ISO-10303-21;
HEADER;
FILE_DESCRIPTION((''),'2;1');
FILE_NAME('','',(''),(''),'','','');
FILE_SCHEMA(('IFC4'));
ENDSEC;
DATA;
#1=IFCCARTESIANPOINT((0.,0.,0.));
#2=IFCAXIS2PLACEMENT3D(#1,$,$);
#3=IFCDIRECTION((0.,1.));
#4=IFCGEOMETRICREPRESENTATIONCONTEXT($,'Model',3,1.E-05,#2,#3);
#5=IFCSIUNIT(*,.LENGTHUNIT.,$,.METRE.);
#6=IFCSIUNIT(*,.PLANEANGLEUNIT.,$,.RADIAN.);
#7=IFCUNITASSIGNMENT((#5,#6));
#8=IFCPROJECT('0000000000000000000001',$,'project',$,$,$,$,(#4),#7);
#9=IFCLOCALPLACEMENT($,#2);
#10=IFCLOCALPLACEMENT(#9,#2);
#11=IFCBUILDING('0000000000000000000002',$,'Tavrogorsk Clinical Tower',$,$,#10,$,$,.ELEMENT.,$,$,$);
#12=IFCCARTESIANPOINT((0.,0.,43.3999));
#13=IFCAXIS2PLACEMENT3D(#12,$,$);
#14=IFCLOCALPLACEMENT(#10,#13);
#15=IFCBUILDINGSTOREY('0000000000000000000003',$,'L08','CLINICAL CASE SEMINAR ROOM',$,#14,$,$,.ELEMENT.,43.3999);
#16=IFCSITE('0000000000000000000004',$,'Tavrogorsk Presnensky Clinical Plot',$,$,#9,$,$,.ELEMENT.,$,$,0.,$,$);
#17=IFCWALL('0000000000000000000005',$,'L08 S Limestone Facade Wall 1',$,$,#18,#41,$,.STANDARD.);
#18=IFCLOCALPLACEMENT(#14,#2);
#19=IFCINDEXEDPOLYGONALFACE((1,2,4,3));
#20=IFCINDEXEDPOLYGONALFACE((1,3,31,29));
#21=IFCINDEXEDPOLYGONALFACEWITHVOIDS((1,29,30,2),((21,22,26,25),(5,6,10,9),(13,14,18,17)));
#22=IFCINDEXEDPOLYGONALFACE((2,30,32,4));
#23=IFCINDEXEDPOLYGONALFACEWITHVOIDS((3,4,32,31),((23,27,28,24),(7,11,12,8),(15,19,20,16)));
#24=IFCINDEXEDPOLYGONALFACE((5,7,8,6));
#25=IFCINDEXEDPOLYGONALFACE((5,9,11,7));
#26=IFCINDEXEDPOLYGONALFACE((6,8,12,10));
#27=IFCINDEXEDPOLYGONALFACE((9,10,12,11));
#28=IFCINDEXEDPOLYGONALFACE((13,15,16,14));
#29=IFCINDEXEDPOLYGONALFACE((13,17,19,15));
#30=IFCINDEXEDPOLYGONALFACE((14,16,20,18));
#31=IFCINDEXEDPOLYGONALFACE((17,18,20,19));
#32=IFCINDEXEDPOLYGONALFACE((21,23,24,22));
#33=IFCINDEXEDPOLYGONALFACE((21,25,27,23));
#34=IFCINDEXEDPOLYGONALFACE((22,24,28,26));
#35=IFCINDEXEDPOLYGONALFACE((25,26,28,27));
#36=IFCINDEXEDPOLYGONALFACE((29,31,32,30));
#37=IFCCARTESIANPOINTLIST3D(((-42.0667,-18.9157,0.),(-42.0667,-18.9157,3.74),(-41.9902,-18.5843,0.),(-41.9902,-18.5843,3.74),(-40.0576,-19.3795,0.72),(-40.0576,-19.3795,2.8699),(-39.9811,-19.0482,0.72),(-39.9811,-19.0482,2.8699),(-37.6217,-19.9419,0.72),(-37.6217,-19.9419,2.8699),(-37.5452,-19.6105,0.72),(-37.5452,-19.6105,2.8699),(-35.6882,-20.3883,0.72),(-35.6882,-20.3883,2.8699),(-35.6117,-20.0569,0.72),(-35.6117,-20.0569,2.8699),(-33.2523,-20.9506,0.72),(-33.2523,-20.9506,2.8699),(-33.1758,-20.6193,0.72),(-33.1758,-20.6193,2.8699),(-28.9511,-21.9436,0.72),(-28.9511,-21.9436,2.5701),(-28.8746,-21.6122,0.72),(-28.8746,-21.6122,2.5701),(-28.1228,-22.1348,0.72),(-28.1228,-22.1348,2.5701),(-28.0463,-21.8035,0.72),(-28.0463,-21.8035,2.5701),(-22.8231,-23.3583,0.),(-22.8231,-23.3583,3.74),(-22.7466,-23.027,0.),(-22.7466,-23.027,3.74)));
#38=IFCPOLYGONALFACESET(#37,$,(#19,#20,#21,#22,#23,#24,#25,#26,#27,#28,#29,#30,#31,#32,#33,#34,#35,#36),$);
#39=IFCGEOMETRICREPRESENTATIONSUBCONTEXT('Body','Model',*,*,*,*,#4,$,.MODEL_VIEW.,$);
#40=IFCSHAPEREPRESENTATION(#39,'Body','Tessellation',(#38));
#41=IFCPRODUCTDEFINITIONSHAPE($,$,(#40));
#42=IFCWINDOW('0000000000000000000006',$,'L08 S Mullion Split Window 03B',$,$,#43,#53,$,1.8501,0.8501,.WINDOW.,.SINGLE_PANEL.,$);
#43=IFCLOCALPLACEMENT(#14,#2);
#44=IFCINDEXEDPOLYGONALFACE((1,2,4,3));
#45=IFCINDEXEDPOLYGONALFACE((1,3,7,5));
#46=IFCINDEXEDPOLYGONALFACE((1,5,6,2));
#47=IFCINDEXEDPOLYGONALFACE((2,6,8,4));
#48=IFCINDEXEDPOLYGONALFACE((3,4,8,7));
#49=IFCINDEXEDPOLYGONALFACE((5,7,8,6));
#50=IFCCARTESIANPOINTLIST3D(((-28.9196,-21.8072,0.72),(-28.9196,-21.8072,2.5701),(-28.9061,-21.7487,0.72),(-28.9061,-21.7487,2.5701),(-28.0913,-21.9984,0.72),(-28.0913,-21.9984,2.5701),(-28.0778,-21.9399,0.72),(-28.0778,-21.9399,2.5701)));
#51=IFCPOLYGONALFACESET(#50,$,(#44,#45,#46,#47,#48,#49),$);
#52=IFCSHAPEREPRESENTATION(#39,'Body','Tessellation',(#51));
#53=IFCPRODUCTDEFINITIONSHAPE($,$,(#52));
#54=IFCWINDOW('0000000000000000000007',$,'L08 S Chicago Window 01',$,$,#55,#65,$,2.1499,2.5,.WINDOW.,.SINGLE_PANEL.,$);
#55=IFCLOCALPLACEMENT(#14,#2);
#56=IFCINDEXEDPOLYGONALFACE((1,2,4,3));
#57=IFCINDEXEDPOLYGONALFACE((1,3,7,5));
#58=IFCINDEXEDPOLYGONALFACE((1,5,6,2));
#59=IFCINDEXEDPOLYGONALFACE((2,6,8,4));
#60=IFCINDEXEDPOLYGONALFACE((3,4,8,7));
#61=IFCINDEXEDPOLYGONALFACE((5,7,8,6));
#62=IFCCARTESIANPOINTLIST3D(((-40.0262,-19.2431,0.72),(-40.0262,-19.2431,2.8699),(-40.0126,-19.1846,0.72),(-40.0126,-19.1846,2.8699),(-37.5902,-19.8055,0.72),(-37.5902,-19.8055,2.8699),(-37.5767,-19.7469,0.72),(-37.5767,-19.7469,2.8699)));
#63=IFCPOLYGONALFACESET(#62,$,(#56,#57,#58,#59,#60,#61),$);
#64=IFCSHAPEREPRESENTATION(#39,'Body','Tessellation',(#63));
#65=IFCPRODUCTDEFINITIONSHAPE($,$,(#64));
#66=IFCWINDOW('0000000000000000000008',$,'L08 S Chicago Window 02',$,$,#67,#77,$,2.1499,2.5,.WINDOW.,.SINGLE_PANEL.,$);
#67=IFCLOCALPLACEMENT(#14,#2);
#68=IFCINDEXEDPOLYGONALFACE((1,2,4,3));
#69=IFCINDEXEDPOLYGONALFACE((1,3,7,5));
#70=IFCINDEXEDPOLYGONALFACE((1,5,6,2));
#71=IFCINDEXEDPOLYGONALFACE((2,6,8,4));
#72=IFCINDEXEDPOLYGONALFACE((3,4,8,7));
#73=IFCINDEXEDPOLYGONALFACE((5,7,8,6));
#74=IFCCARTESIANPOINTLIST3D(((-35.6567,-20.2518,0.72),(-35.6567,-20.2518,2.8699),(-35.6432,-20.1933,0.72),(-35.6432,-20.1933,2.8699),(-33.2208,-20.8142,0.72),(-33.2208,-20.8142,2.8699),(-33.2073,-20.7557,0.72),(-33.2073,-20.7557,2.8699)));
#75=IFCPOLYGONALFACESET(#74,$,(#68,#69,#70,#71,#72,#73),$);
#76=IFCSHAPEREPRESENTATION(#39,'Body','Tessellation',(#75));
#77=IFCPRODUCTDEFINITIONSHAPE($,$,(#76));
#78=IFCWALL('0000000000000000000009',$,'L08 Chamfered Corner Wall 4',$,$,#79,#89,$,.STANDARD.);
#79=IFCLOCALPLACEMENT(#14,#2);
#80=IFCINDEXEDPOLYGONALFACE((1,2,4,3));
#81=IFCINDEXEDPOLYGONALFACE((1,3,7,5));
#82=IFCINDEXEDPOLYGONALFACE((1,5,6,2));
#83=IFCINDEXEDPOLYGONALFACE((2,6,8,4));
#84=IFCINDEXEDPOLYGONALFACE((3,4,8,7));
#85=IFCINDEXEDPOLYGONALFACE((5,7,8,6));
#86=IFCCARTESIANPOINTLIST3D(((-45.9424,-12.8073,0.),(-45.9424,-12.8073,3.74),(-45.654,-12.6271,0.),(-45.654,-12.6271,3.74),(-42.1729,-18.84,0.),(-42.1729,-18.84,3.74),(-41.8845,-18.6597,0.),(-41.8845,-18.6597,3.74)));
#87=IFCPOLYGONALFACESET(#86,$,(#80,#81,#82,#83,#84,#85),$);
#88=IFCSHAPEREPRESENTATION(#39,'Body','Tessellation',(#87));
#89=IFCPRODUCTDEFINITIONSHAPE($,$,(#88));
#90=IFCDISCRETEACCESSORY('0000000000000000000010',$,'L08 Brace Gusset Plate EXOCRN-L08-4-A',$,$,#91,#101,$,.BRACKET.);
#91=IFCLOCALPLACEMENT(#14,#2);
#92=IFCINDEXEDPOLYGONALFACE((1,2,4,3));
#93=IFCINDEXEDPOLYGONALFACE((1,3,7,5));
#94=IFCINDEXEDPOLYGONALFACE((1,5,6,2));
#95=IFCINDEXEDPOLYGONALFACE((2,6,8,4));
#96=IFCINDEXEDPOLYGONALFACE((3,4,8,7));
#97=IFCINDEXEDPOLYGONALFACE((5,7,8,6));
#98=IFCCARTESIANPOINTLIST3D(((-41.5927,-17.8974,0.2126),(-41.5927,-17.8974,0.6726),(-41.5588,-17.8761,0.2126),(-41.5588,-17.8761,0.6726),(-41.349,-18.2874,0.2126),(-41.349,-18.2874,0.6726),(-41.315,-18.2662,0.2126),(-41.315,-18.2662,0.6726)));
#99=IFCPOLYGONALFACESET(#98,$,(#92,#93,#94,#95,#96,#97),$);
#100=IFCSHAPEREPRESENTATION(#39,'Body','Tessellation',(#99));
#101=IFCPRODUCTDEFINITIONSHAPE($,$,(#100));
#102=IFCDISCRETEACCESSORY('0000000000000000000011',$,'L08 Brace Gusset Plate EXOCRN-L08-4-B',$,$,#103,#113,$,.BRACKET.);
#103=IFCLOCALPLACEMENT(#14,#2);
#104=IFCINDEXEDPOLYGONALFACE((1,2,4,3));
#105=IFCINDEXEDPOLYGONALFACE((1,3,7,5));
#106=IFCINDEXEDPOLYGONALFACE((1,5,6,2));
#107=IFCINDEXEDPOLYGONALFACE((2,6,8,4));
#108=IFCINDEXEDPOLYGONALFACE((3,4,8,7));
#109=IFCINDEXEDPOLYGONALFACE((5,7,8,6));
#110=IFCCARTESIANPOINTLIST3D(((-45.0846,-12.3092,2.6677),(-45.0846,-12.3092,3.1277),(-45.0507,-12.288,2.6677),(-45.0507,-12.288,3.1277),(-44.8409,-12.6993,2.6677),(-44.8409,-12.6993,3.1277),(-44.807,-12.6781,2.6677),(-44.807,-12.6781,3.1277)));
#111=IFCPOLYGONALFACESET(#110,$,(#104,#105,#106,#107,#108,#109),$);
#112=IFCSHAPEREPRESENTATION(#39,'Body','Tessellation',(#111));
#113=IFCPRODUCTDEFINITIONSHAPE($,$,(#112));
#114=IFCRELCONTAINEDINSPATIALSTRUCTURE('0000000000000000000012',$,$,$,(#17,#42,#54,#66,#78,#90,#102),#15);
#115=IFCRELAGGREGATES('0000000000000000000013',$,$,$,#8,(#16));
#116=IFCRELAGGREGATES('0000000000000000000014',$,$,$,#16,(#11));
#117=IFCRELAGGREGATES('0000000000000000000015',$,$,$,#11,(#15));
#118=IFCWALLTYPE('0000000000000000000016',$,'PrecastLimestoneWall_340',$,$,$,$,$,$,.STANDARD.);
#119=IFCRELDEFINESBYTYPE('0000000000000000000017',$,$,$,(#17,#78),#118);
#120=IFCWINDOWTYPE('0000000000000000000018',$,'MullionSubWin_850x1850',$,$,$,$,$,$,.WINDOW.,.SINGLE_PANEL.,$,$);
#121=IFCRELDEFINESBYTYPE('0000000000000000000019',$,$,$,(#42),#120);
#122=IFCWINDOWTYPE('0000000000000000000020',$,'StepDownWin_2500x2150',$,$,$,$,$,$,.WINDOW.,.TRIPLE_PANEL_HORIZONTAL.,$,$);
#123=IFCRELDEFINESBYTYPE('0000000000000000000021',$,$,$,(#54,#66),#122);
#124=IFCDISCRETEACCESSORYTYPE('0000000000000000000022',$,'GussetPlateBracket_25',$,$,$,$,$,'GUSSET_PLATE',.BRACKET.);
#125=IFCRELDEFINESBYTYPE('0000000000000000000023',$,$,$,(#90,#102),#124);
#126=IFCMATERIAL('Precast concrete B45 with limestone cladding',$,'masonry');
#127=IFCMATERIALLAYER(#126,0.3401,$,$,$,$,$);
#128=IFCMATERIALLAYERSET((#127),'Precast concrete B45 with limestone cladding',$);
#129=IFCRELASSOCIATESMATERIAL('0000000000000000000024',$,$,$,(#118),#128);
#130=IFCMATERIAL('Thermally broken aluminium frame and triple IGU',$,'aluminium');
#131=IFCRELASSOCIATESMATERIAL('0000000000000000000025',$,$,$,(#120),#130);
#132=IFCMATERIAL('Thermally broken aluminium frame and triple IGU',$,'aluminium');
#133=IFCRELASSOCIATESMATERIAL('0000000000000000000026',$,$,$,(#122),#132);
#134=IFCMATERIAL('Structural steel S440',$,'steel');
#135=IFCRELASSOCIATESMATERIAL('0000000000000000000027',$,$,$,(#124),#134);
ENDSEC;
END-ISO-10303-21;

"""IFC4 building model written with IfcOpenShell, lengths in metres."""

from ifc_helpers import new_model, si_unit, direction, frame, frame_2d, origin, origin_2d, place, context, subcontext, project, spatial, rectangle, extrude, material, layer, layer_set, type_object, element, fill, save


model = new_model("IFC4")

# Units and contexts
model_context = context("Model", 3, precision=1e-05, world=origin(), true_north=direction((0.0, 1.0)))
body_context = subcontext(model_context, "Body", "Model", "MODEL_VIEW")
ifc_project = project(units=[si_unit("LENGTHUNIT", "METRE"), si_unit("PLANEANGLEUNIT", "RADIAN")], contexts=[model_context])

# Site, building, storey
site_placement = place(None, origin())
site = spatial("IfcSite", under=ifc_project, at=site_placement, Name="Tavrogorsk Presnensky Clinical Plot", CompositionType="ELEMENT", RefElevation=0.0)
building_placement = place(site_placement, origin())
building = spatial("IfcBuilding", under=site, at=building_placement, Name="Tavrogorsk Clinical Tower", CompositionType="ELEMENT")
storey_placement = place(building_placement, frame((0.0, 0.0, 43.3999)))
storey = spatial("IfcBuildingStorey", under=building, at=storey_placement, Name="L08", Description="CLINICAL CASE SEMINAR ROOM", CompositionType="ELEMENT", Elevation=43.3999)

# Wall, openings, windows
ifc_material_1 = material(Name="Precast concrete B45 with limestone cladding", Category="masonry")
ifc_layer_1 = layer(ifc_material_1, 0.3401)
ifc_layer_set_1 = layer_set([ifc_layer_1], Name="Precast concrete B45 with limestone cladding")
wall_type_1 = type_object("IfcWallType", Name="PrecastLimestoneWall_340", PredefinedType="STANDARD", material=ifc_layer_set_1)
wall_1_placement = place(storey_placement, frame((-42.0286, -18.75, 0.0), z_axis=(0.0, 0.0, 1.0), x_axis=(0.974371, -0.224945, 0.0)))
wall_1 = element("IfcWall", 1, at=wall_1_placement, inside=storey, type_object=wall_type_1, Name="L08 S Limestone Facade Wall 1", PredefinedType="STANDARD", context=body_context, shape_type="SweptSolid", body=[
    extrude(rectangle(XDim=19.7498, YDim=0.3401, at=frame_2d((9.875, 0.0))), origin(), (0.0, 0.0, 1.0), 3.74),
])
opening_1_placement = place(wall_1_placement, frame((2.062, 0.0, 0.72)))
opening_1 = element("IfcOpeningElement", 2, at=opening_1_placement, cuts=wall_1, PredefinedType="OPENING", context=body_context, shape_type="SweptSolid", body=[
    extrude(rectangle(XDim=2.5, YDim=2.1499, at=frame_2d((1.25, 1.075))), frame((0.0, 0.1799, 0.0), z_axis=(0.0, -1.0, 0.0), x_axis=(1.0, 0.0, 0.0)), (0.0, 0.0, 1.0), 0.3601),
])
opening_2_placement = place(wall_1_placement, frame((6.5464, 0.0, 0.72)))
opening_2 = element("IfcOpeningElement", 3, at=opening_2_placement, cuts=wall_1, PredefinedType="OPENING", context=body_context, shape_type="SweptSolid", body=[
    extrude(rectangle(XDim=2.5, YDim=2.1499, at=frame_2d((1.25, 1.075))), frame((0.0, 0.1799, 0.0), z_axis=(0.0, -1.0, 0.0), x_axis=(1.0, 0.0, 0.0)), (0.0, 0.0, 1.0), 0.3601),
])
opening_3_placement = place(wall_1_placement, frame((13.4607, 0.0, 0.72)))
opening_3 = element("IfcOpeningElement", 4, at=opening_3_placement, cuts=wall_1, PredefinedType="OPENING", context=body_context, shape_type="SweptSolid", body=[
    extrude(rectangle(XDim=0.8501, YDim=1.8501, at=frame_2d((0.425, 0.925))), frame((0.0, 0.1799, 0.0), z_axis=(0.0, -1.0, 0.0), x_axis=(1.0, 0.0, 0.0)), (0.0, 0.0, 1.0), 0.3601),
])
ifc_material_2 = material(Name="Thermally broken aluminium frame and triple IGU", Category="aluminium")
window_type_1 = type_object("IfcWindowType", Name="MullionSubWin_850x1850", PartitioningType="SINGLE_PANEL", PredefinedType="WINDOW", material=ifc_material_2)
window_1_placement = place(opening_3_placement, origin())
window_1 = element("IfcWindow", 5, at=window_1_placement, inside=storey, type_object=window_type_1, Name="L08 S Mullion Split Window 03B", OverallHeight=1.8501, OverallWidth=0.8501, PartitioningType="SINGLE_PANEL", PredefinedType="WINDOW", context=body_context, shape_type="SweptSolid", body=[
    extrude(rectangle(XDim=0.8501, YDim=1.8501, at=frame_2d((0.425, 0.925))), frame((0.0, 0.03, 0.0), z_axis=(0.0, -1.0, 0.0), x_axis=(1.0, 0.0, 0.0)), (0.0, 0.0, 1.0), 0.0601),
])
fill(opening_3, window_1)
ifc_material_3 = material(Name="Thermally broken aluminium frame and triple IGU", Category="aluminium")
window_type_2 = type_object("IfcWindowType", Name="StepDownWin_2500x2150", PartitioningType="TRIPLE_PANEL_HORIZONTAL", PredefinedType="WINDOW", material=ifc_material_3)
window_2_placement = place(opening_1_placement, origin())
window_2 = element("IfcWindow", 6, at=window_2_placement, inside=storey, type_object=window_type_2, Name="L08 S Chicago Window 01", OverallHeight=2.1499, OverallWidth=2.5, PartitioningType="SINGLE_PANEL", PredefinedType="WINDOW", context=body_context, shape_type="SweptSolid", body=[
    extrude(rectangle(XDim=2.5, YDim=2.1499, at=frame_2d((1.25, 1.075))), frame((0.0, 0.03, 0.0), z_axis=(0.0, -1.0, 0.0), x_axis=(1.0, 0.0, 0.0)), (0.0, 0.0, 1.0), 0.0601),
])
fill(opening_1, window_2)
window_3_placement = place(opening_2_placement, origin())
window_3 = element("IfcWindow", 7, at=window_3_placement, inside=storey, type_object=window_type_2, Name="L08 S Chicago Window 02", OverallHeight=2.1499, OverallWidth=2.5, PartitioningType="SINGLE_PANEL", PredefinedType="WINDOW", context=body_context, shape_type="SweptSolid", body=[
    extrude(rectangle(XDim=2.5, YDim=2.1499, at=frame_2d((1.25, 1.075))), frame((0.0, 0.03, 0.0), z_axis=(0.0, -1.0, 0.0), x_axis=(1.0, 0.0, 0.0)), (0.0, 0.0, 1.0), 0.0601),
])
fill(opening_2, window_3)

# Wall
wall_2_placement = place(storey_placement, frame((-45.7981, -12.7173, 0.0), z_axis=(0.0, 0.0, 1.0), x_axis=(0.529906, -0.848056, 0.0)))
element("IfcWall", 8, at=wall_2_placement, inside=storey, type_object=wall_type_1, Name="L08 Chamfered Corner Wall 4", PredefinedType="STANDARD", context=body_context, shape_type="SweptSolid", body=[
    extrude(rectangle(XDim=7.1135, YDim=0.3401, at=frame_2d((3.5566, 0.0))), origin(), (0.0, 0.0, 1.0), 3.74),
])

# Discrete accessories
ifc_material_4 = material(Name="Structural steel S440", Category="steel")
discrete_accessory_type = type_object("IfcDiscreteAccessoryType", Name="GussetPlateBracket_25", ElementType="GUSSET_PLATE", PredefinedType="BRACKET", material=ifc_material_4)
for number, where, z_axis, x_axis, name in (
    (9, (-41.4539, -18.0818, 0.2126), (0.0, 0.0, 1.0), (-0.529919, 0.848048, 0.0), "L08 Brace Gusset Plate EXOCRN-L08-4-A"),
    (10, (-44.9458, -12.4937, 2.6677), (0.0, 0.0, 1.0), (-0.529919, 0.848048, 0.0), "L08 Brace Gusset Plate EXOCRN-L08-4-B"),
):
    element("IfcDiscreteAccessory", number, at=place(storey_placement, frame(where, z_axis=z_axis, x_axis=x_axis)), inside=storey, type_object=discrete_accessory_type, Name=name, PredefinedType="BRACKET", context=body_context, shape_type="SweptSolid", body=[
        extrude(rectangle(XDim=0.46, YDim=0.04, at=origin_2d()), origin(), (0.0, 0.0, 1.0), 0.46),
    ])

save(model, "model.ifc")
